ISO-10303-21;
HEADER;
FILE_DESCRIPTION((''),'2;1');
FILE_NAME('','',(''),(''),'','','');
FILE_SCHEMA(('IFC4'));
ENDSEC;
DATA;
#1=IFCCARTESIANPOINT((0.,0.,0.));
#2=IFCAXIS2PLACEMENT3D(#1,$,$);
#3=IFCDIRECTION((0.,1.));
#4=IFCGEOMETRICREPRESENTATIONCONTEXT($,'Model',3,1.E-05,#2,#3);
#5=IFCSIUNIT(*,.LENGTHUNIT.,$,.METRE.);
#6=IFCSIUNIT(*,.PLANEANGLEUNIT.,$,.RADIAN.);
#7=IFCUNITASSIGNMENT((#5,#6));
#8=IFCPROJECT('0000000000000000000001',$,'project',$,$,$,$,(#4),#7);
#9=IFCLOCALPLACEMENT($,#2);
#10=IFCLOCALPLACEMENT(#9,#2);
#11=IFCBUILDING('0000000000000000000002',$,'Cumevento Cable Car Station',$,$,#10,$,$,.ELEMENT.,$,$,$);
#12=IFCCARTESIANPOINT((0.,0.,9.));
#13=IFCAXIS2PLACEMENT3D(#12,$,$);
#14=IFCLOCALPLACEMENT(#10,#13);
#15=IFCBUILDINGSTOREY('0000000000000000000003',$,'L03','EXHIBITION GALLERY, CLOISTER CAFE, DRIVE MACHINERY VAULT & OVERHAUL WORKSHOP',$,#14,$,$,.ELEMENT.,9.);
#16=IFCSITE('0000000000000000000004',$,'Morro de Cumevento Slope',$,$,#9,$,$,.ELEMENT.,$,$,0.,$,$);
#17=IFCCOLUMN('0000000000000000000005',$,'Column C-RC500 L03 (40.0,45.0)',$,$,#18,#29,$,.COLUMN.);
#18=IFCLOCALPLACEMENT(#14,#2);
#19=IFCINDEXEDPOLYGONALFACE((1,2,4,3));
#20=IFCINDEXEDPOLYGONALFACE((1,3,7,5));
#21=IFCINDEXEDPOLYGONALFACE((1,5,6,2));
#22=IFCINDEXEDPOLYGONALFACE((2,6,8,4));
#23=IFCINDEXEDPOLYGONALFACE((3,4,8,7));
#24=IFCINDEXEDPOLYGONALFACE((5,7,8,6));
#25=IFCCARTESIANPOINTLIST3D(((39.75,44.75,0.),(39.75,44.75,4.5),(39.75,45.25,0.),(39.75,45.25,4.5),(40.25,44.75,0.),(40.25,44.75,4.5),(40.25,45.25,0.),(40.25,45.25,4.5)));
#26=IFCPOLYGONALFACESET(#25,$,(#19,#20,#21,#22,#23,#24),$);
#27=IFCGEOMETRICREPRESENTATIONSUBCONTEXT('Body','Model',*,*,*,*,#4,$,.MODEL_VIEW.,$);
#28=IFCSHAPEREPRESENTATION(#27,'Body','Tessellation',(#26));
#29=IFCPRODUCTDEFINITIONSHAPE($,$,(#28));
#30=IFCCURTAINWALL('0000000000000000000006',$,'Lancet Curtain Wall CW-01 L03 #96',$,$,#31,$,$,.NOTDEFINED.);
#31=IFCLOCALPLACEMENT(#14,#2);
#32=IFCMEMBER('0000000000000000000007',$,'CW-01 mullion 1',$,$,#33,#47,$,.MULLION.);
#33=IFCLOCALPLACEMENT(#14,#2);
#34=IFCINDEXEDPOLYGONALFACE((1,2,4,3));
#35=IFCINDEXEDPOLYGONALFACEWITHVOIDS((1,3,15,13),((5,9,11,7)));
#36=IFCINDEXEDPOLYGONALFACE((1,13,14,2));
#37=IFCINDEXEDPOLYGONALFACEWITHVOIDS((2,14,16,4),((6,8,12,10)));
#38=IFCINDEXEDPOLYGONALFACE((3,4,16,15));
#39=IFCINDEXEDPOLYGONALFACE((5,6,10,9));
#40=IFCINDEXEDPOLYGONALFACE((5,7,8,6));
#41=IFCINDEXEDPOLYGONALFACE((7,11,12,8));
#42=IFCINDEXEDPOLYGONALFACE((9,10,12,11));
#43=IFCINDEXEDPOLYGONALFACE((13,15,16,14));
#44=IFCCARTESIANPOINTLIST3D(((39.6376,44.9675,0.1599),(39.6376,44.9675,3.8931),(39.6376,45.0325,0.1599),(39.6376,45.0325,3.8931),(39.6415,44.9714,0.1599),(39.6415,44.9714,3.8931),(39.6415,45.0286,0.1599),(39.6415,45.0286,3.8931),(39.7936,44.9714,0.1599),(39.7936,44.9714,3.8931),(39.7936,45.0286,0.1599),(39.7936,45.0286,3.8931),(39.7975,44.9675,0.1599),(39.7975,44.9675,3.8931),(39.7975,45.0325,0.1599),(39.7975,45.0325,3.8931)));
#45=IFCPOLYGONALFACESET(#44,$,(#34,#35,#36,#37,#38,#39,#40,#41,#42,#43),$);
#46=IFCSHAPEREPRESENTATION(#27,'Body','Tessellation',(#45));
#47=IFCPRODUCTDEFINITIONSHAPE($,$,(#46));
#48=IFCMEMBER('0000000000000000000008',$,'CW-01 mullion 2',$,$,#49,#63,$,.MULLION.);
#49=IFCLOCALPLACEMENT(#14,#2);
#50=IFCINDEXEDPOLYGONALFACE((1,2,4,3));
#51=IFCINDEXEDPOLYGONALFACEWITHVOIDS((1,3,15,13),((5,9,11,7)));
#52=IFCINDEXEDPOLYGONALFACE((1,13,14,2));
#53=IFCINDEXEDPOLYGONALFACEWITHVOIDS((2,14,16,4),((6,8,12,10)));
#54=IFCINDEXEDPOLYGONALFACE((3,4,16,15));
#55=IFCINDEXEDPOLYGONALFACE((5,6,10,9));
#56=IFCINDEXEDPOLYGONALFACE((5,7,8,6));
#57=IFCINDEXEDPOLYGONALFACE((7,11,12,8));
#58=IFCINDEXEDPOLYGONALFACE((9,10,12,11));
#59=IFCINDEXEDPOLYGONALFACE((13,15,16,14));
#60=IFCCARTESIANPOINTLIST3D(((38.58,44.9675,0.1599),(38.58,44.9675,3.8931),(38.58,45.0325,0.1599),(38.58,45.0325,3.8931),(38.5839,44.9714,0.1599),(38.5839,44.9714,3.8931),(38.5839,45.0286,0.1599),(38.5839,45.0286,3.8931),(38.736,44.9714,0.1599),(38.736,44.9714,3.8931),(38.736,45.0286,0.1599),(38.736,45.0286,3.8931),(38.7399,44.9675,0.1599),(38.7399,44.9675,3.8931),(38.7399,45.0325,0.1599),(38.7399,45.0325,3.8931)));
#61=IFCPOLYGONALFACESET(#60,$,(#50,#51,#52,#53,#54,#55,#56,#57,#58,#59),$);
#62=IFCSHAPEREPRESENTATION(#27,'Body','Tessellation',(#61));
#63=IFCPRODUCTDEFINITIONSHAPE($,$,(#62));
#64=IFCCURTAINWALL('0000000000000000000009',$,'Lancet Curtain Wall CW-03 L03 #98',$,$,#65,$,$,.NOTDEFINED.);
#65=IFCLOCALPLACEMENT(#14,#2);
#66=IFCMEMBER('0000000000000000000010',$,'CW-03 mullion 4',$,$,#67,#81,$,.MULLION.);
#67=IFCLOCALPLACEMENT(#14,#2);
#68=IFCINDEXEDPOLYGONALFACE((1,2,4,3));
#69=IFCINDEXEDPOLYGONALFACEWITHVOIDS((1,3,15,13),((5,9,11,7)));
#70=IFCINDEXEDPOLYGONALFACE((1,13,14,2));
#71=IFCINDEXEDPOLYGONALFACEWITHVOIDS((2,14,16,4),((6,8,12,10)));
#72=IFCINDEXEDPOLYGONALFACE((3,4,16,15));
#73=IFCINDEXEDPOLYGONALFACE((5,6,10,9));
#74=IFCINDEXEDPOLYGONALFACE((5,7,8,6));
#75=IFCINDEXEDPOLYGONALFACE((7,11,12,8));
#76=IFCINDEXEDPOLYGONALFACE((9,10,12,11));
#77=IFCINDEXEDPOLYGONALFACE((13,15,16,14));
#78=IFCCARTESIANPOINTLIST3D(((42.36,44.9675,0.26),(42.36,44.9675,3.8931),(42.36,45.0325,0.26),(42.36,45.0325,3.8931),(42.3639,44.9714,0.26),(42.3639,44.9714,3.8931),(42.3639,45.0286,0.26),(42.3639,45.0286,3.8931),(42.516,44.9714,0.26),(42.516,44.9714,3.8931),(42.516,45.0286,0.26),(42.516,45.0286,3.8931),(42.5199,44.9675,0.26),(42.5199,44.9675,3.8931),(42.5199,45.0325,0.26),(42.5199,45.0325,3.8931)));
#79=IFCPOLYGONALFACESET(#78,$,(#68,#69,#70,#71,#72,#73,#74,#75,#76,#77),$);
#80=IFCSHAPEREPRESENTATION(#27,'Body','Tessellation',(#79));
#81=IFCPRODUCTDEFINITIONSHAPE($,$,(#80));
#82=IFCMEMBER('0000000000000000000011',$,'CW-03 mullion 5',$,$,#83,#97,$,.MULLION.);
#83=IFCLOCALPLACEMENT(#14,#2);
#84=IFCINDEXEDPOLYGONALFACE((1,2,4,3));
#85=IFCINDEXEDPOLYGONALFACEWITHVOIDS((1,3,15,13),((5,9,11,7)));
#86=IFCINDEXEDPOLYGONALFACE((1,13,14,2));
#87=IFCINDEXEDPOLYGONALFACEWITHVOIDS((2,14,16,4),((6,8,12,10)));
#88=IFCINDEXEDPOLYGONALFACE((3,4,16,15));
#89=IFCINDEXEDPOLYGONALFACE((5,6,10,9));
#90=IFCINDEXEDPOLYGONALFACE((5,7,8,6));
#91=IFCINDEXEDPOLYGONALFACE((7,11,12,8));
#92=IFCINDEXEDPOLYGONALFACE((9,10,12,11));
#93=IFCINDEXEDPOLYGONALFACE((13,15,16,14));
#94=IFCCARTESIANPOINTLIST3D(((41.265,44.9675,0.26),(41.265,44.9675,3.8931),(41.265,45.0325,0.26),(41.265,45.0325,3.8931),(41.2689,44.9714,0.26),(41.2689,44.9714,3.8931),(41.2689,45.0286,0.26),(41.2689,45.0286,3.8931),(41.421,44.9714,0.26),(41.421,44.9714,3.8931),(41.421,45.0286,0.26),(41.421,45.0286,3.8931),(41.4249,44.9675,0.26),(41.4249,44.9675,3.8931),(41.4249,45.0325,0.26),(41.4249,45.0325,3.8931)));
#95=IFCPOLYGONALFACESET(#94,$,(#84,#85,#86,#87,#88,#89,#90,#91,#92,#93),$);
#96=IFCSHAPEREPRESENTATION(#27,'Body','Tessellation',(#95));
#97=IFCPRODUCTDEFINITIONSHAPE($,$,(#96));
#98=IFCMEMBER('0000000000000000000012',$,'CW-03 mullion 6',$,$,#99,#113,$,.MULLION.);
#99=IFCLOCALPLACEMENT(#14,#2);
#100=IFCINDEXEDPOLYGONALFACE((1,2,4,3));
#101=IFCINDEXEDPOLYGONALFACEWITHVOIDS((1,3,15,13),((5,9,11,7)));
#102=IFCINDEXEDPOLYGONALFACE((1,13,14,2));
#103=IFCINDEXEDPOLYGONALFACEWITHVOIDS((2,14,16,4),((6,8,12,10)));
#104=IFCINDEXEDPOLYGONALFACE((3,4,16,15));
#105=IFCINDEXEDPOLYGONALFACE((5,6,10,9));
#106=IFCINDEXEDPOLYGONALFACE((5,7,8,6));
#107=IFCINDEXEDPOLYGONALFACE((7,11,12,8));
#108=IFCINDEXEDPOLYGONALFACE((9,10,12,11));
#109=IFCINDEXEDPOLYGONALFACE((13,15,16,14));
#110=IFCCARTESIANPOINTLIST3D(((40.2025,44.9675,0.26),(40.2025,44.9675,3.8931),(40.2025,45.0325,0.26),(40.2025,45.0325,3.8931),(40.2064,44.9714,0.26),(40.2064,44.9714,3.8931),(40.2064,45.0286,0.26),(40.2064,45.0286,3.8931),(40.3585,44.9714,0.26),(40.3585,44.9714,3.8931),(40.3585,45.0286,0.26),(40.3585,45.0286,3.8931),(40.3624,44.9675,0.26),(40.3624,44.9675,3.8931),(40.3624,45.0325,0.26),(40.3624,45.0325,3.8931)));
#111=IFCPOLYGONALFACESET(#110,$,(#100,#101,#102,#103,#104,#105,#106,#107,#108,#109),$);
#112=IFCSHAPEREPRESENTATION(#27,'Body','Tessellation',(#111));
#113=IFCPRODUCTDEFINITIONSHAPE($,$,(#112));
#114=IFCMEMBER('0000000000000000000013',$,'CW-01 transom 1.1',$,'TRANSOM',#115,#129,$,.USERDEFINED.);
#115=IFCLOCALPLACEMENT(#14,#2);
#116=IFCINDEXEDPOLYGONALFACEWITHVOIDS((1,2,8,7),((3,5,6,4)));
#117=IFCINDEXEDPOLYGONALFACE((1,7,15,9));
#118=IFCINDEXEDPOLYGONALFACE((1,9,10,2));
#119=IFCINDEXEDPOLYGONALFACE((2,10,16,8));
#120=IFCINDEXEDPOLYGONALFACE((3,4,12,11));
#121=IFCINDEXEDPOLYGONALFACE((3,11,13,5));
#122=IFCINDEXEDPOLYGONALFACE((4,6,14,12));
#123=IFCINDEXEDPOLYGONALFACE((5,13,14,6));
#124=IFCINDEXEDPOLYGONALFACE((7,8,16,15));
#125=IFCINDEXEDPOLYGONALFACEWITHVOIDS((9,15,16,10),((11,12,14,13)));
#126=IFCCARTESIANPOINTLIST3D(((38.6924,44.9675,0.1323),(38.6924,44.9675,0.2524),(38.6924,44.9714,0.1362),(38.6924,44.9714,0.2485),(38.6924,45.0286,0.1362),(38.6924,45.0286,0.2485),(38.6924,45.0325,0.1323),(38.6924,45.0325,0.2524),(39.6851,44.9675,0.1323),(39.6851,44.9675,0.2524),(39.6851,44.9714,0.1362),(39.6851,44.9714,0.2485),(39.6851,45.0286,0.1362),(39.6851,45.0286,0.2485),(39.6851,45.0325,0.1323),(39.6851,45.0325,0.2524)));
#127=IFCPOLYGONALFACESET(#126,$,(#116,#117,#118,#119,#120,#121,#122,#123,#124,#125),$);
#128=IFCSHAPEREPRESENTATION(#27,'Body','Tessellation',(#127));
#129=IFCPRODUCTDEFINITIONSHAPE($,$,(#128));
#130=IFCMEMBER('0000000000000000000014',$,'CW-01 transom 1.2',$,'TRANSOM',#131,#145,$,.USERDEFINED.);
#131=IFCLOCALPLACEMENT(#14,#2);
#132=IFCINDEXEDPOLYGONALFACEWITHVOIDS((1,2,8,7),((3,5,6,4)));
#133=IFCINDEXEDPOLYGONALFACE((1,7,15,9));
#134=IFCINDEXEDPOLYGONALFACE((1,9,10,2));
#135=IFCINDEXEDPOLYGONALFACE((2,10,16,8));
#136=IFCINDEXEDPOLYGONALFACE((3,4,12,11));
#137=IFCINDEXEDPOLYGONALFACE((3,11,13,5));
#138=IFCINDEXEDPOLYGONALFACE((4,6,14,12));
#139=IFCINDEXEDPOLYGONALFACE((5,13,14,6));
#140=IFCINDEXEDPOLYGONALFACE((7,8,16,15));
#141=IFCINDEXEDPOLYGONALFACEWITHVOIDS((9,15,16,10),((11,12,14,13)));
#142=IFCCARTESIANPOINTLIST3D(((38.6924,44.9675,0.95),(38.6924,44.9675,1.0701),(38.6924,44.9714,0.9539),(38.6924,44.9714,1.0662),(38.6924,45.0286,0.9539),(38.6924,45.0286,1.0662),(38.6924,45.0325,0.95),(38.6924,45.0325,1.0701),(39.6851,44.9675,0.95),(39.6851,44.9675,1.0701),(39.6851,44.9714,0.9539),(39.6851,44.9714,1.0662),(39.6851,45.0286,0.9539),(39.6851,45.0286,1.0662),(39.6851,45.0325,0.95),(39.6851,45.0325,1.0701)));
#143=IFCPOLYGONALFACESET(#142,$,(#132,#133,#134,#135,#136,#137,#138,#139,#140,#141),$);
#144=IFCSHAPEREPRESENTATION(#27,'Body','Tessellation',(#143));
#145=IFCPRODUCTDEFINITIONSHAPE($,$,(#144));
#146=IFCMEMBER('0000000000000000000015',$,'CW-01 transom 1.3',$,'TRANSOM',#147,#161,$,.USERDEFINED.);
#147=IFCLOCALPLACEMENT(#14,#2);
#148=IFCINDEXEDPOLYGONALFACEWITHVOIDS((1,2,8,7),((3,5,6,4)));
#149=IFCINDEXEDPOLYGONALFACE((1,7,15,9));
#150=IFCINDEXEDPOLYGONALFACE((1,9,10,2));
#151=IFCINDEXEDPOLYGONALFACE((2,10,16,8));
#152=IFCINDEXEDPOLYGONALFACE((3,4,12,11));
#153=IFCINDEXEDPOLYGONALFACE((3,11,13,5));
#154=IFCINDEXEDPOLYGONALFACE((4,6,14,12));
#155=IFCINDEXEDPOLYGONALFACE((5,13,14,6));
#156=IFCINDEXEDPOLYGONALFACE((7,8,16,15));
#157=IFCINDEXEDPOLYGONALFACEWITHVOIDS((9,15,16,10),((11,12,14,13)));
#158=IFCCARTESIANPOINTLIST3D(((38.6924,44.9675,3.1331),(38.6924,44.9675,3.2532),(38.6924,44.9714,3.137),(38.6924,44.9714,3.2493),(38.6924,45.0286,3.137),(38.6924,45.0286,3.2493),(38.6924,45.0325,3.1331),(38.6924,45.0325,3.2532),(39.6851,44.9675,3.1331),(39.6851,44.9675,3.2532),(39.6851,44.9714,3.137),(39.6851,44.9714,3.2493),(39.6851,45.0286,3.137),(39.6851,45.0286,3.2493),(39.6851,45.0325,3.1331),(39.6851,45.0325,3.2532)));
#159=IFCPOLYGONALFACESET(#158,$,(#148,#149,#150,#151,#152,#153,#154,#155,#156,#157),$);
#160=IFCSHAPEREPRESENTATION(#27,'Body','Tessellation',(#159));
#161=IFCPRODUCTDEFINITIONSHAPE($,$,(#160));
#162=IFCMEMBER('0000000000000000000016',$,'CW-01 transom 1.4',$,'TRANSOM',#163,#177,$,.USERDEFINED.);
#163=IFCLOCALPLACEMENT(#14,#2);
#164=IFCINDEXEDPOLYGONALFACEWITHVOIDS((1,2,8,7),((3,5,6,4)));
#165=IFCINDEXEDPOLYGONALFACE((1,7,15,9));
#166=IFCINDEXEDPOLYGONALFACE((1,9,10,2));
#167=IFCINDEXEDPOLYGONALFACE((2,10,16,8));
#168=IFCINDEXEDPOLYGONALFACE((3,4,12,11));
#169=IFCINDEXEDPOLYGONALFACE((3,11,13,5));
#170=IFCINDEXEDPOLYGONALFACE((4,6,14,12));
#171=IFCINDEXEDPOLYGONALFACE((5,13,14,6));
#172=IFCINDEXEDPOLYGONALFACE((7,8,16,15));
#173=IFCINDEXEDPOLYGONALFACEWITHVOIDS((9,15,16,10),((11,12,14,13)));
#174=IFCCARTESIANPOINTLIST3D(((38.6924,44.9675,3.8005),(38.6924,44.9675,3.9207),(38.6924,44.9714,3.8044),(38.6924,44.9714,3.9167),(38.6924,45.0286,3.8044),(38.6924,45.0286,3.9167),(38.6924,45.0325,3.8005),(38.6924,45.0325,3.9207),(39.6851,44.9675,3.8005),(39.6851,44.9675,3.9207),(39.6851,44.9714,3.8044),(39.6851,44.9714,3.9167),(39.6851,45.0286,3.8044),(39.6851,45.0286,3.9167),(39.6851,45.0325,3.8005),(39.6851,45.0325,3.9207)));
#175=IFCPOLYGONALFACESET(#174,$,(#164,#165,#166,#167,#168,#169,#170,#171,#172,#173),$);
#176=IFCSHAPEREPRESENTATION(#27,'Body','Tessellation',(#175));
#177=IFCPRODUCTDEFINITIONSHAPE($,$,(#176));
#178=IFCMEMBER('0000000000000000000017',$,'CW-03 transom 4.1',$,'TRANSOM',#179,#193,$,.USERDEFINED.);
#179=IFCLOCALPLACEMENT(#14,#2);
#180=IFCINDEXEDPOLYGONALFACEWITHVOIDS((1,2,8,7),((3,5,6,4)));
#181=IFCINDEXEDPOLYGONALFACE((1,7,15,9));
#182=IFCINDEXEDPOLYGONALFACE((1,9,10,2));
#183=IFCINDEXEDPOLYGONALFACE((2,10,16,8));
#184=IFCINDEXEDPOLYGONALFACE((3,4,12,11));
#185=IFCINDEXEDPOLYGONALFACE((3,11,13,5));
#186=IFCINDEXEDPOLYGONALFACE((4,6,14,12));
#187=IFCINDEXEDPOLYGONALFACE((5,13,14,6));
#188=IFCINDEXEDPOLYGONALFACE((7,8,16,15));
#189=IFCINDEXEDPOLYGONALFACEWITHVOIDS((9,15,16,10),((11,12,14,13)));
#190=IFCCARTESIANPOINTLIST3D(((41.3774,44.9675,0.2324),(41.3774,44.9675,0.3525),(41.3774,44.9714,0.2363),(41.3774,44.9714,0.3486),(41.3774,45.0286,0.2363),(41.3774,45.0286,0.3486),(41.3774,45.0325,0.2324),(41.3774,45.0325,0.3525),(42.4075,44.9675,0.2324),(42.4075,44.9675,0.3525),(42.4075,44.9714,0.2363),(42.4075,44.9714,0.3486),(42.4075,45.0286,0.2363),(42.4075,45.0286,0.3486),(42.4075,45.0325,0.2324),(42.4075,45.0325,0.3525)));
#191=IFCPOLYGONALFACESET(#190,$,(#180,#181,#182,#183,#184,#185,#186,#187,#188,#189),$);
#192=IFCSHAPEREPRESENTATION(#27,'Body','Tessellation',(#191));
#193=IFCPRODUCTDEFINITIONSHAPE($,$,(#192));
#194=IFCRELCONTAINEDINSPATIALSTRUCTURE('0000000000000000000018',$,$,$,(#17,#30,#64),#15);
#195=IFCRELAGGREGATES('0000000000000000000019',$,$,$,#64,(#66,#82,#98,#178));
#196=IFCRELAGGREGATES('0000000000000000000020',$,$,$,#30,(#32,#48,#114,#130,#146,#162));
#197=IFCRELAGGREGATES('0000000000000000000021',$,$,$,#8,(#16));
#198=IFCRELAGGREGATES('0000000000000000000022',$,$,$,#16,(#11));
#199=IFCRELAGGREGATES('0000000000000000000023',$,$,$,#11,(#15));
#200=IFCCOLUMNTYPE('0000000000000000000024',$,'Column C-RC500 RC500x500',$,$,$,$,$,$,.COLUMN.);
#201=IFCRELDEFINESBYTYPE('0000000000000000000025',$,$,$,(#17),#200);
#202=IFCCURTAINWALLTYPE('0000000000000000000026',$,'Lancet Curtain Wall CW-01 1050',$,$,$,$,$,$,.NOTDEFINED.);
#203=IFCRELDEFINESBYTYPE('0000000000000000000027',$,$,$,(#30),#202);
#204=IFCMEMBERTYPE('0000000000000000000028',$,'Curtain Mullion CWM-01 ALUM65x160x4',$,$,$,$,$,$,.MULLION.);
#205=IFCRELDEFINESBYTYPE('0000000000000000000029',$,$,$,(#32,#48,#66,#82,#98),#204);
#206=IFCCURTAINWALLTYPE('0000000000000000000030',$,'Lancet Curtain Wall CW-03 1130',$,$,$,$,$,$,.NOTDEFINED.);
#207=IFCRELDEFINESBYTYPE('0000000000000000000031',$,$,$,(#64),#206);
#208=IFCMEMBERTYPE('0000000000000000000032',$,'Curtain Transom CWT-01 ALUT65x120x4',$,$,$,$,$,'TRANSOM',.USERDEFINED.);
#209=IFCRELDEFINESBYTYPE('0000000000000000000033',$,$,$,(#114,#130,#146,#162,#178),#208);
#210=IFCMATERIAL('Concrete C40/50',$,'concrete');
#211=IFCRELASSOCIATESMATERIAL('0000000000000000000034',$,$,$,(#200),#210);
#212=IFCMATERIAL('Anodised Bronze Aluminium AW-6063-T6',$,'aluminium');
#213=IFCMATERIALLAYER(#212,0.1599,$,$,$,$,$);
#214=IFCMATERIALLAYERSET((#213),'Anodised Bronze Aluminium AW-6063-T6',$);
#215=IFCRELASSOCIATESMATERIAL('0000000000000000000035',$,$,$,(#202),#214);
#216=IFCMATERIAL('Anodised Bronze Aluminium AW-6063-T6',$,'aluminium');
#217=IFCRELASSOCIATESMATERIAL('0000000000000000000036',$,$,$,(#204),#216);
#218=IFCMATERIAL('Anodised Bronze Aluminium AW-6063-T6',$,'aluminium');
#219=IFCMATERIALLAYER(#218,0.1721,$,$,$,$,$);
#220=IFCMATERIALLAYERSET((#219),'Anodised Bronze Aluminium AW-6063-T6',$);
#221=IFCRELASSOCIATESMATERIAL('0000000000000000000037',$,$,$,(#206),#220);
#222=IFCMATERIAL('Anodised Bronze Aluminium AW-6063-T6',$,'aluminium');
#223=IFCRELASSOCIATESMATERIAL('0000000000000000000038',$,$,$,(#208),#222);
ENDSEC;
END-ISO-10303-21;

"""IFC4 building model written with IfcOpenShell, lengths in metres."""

from ifc_helpers import new_model, si_unit, direction, frame, origin, origin_2d, place, context, subcontext, project, spatial, rectangle, hollow_rectangle, extrude, material, layer, layer_set, material_profile, profile_set, type_object, element, aggregate, save


model = new_model("IFC4")

# Units and contexts
model_context = context("Model", 3, precision=1e-05, world=origin(), true_north=direction((0.0, 1.0)))
body_context = subcontext(model_context, "Body", "Model", "MODEL_VIEW")
ifc_project = project(units=[si_unit("LENGTHUNIT", "METRE"), si_unit("PLANEANGLEUNIT", "RADIAN")], contexts=[model_context])

# Site, building, storey
site_placement = place(None, origin())
site = spatial("IfcSite", under=ifc_project, at=site_placement, Name="Morro de Cumevento Slope", CompositionType="ELEMENT", RefElevation=0.0)
building_placement = place(site_placement, origin())
building = spatial("IfcBuilding", under=site, at=building_placement, Name="Cumevento Cable Car Station", CompositionType="ELEMENT")
storey_placement = place(building_placement, frame((0.0, 0.0, 9.0)))
storey = spatial("IfcBuildingStorey", under=building, at=storey_placement, Name="L03", Description="EXHIBITION GALLERY, CLOISTER CAFE, DRIVE MACHINERY VAULT & OVERHAUL WORKSHOP", CompositionType="ELEMENT", Elevation=9.0)

# Column
ifc_material_1 = material(Name="Concrete C40/50", Category="concrete")
ifc_material_profile_1 = material_profile(ifc_material_1, rectangle(XDim=0.5, YDim=0.5, at=origin_2d()), Name="RC500x500")
ifc_profile_set_1 = profile_set([ifc_material_profile_1], Name="Concrete C40/50")
column_type = type_object("IfcColumnType", Name="Column C-RC500 RC500x500", PredefinedType="COLUMN", material=ifc_profile_set_1)
column_placement = place(storey_placement, frame((40.0, 45.0, 0.0), z_axis=(0.0, 0.0, 1.0), x_axis=(1.0, 0.0, 0.0)))
element("IfcColumn", 1, at=column_placement, inside=storey, type_object=column_type, Name="Column C-RC500 L03 (40.0,45.0)", PredefinedType="COLUMN", context=body_context, shape_type="SweptSolid", body=[
    extrude(rectangle(XDim=0.5, YDim=0.5, at=origin_2d()), origin(), (0.0, 0.0, 1.0), 4.5),
])

# Curtain walls, members
ifc_material_2 = material(Name="Anodised Bronze Aluminium AW-6063-T6", Category="aluminium")
ifc_layer_1 = layer(ifc_material_2, 0.1599)
ifc_layer_set_1 = layer_set([ifc_layer_1], Name="Anodised Bronze Aluminium AW-6063-T6")
curtain_wall_type_1 = type_object("IfcCurtainWallType", Name="Lancet Curtain Wall CW-01 1050", PredefinedType="NOTDEFINED", material=ifc_layer_set_1)
curtain_wall_1_placement = place(storey_placement, origin())
curtain_wall_1 = element("IfcCurtainWall", 2, at=curtain_wall_1_placement, inside=storey, type_object=curtain_wall_type_1, Name="Lancet Curtain Wall CW-01 L03 #96", PredefinedType="NOTDEFINED")
ifc_material_3 = material(Name="Anodised Bronze Aluminium AW-6063-T6", Category="aluminium")
ifc_material_profile_2 = material_profile(ifc_material_3, hollow_rectangle(XDim=0.0649, YDim=0.1599, WallThickness=0.0039, at=origin_2d()), Name="ALUM65x160x4")
ifc_profile_set_2 = profile_set([ifc_material_profile_2], Name="Anodised Bronze Aluminium AW-6063-T6")
member_type_1 = type_object("IfcMemberType", Name="Curtain Mullion CWM-01 ALUM65x160x4", PredefinedType="MULLION", material=ifc_profile_set_2)
member_1_placement = place(storey_placement, frame((39.7175, 45.0, 0.1599), z_axis=(0.0, 0.0, 1.0), x_axis=(0.0, -1.0, 0.0)))
member_1 = element("IfcMember", 3, at=member_1_placement, type_object=member_type_1, Name="CW-01 mullion 1", PredefinedType="MULLION", context=body_context, shape_type="SweptSolid", body=[
    extrude(hollow_rectangle(XDim=0.0649, YDim=0.1599, WallThickness=0.0039, at=origin_2d()), origin(), (0.0, 0.0, 1.0), 3.7332),
])
member_2_placement = place(storey_placement, frame((38.6599, 45.0, 0.1599), z_axis=(0.0, 0.0, 1.0), x_axis=(0.0, -1.0, 0.0)))
member_2 = element("IfcMember", 4, at=member_2_placement, type_object=member_type_1, Name="CW-01 mullion 2", PredefinedType="MULLION", context=body_context, shape_type="SweptSolid", body=[
    extrude(hollow_rectangle(XDim=0.0649, YDim=0.1599, WallThickness=0.0039, at=origin_2d()), origin(), (0.0, 0.0, 1.0), 3.7332),
])
ifc_material_4 = material(Name="Anodised Bronze Aluminium AW-6063-T6", Category="aluminium")
ifc_layer_2 = layer(ifc_material_4, 0.1721)
ifc_layer_set_2 = layer_set([ifc_layer_2], Name="Anodised Bronze Aluminium AW-6063-T6")
curtain_wall_type_2 = type_object("IfcCurtainWallType", Name="Lancet Curtain Wall CW-03 1130", PredefinedType="NOTDEFINED", material=ifc_layer_set_2)
curtain_wall_2_placement = place(storey_placement, origin())
curtain_wall_2 = element("IfcCurtainWall", 5, at=curtain_wall_2_placement, inside=storey, type_object=curtain_wall_type_2, Name="Lancet Curtain Wall CW-03 L03 #98", PredefinedType="NOTDEFINED")
member_3_placement = place(storey_placement, frame((42.4399, 45.0, 0.26), z_axis=(0.0, 0.0, 1.0), x_axis=(0.0, -1.0, 0.0)))
member_3 = element("IfcMember", 6, at=member_3_placement, type_object=member_type_1, Name="CW-03 mullion 4", PredefinedType="MULLION", context=body_context, shape_type="SweptSolid", body=[
    extrude(hollow_rectangle(XDim=0.0649, YDim=0.1599, WallThickness=0.0039, at=origin_2d()), origin(), (0.0, 0.0, 1.0), 3.6331),
])
member_4_placement = place(storey_placement, frame((41.345, 45.0, 0.26), z_axis=(0.0, 0.0, 1.0), x_axis=(0.0, -1.0, 0.0)))
member_4 = element("IfcMember", 7, at=member_4_placement, type_object=member_type_1, Name="CW-03 mullion 5", PredefinedType="MULLION", context=body_context, shape_type="SweptSolid", body=[
    extrude(hollow_rectangle(XDim=0.0649, YDim=0.1599, WallThickness=0.0039, at=origin_2d()), origin(), (0.0, 0.0, 1.0), 3.6331),
])
member_5_placement = place(storey_placement, frame((40.2825, 45.0, 0.26), z_axis=(0.0, 0.0, 1.0), x_axis=(0.0, -1.0, 0.0)))
member_5 = element("IfcMember", 8, at=member_5_placement, type_object=member_type_1, Name="CW-03 mullion 6", PredefinedType="MULLION", context=body_context, shape_type="SweptSolid", body=[
    extrude(hollow_rectangle(XDim=0.0649, YDim=0.1599, WallThickness=0.0039, at=origin_2d()), origin(), (0.0, 0.0, 1.0), 3.6331),
])

# Members
ifc_material_5 = material(Name="Anodised Bronze Aluminium AW-6063-T6", Category="aluminium")
ifc_material_profile_3 = material_profile(ifc_material_5, hollow_rectangle(XDim=0.0649, YDim=0.1201, WallThickness=0.0039, at=origin_2d()), Name="ALUT65x120x4")
ifc_profile_set_3 = profile_set([ifc_material_profile_3], Name="Anodised Bronze Aluminium AW-6063-T6")
member_type_2 = type_object("IfcMemberType", Name="Curtain Transom CWT-01 ALUT65x120x4", ElementType="TRANSOM", PredefinedType="USERDEFINED", material=ifc_profile_set_3)
member_6_placement = place(storey_placement, frame((39.6851, 45.0, 0.1924), z_axis=(-1.0, 0.0, 0.0), x_axis=(0.0, -1.0, 0.0)))
member_6 = element("IfcMember", 9, at=member_6_placement, type_object=member_type_2, Name="CW-01 transom 1.1", ObjectType="TRANSOM", PredefinedType="USERDEFINED", context=body_context, shape_type="SweptSolid", body=[
    extrude(hollow_rectangle(XDim=0.0649, YDim=0.1201, WallThickness=0.0039, at=origin_2d()), origin(), (0.0, 0.0, 1.0), 0.9927),
])
member_7_placement = place(storey_placement, frame((39.6851, 45.0, 1.01), z_axis=(-1.0, 0.0, 0.0), x_axis=(0.0, -1.0, 0.0)))
member_7 = element("IfcMember", 10, at=member_7_placement, type_object=member_type_2, Name="CW-01 transom 1.2", ObjectType="TRANSOM", PredefinedType="USERDEFINED", context=body_context, shape_type="SweptSolid", body=[
    extrude(hollow_rectangle(XDim=0.0649, YDim=0.1201, WallThickness=0.0039, at=origin_2d()), origin(), (0.0, 0.0, 1.0), 0.9927),
])
member_8_placement = place(storey_placement, frame((39.6851, 45.0, 3.1931), z_axis=(-1.0, 0.0, 0.0), x_axis=(0.0, -1.0, 0.0)))
member_8 = element("IfcMember", 11, at=member_8_placement, type_object=member_type_2, Name="CW-01 transom 1.3", ObjectType="TRANSOM", PredefinedType="USERDEFINED", context=body_context, shape_type="SweptSolid", body=[
    extrude(hollow_rectangle(XDim=0.0649, YDim=0.1201, WallThickness=0.0039, at=origin_2d()), origin(), (0.0, 0.0, 1.0), 0.9927),
])
member_9_placement = place(storey_placement, frame((39.6851, 45.0, 3.8606), z_axis=(-1.0, 0.0, 0.0), x_axis=(0.0, -1.0, 0.0)))
member_9 = element("IfcMember", 12, at=member_9_placement, type_object=member_type_2, Name="CW-01 transom 1.4", ObjectType="TRANSOM", PredefinedType="USERDEFINED", context=body_context, shape_type="SweptSolid", body=[
    extrude(hollow_rectangle(XDim=0.0649, YDim=0.1201, WallThickness=0.0039, at=origin_2d()), origin(), (0.0, 0.0, 1.0), 0.9927),
])
member_10_placement = place(storey_placement, frame((42.4075, 45.0, 0.2925), z_axis=(-1.0, 0.0, 0.0), x_axis=(0.0, -1.0, 0.0)))
member_10 = element("IfcMember", 13, at=member_10_placement, type_object=member_type_2, Name="CW-03 transom 4.1", ObjectType="TRANSOM", PredefinedType="USERDEFINED", context=body_context, shape_type="SweptSolid", body=[
    extrude(hollow_rectangle(XDim=0.0649, YDim=0.1201, WallThickness=0.0039, at=origin_2d()), origin(), (0.0, 0.0, 1.0), 1.03),
])

aggregate(curtain_wall_2, [member_3, member_4, member_5, member_10])
aggregate(curtain_wall_1, [member_1, member_2, member_6, member_7, member_8, member_9])

save(model, "model.ifc")
